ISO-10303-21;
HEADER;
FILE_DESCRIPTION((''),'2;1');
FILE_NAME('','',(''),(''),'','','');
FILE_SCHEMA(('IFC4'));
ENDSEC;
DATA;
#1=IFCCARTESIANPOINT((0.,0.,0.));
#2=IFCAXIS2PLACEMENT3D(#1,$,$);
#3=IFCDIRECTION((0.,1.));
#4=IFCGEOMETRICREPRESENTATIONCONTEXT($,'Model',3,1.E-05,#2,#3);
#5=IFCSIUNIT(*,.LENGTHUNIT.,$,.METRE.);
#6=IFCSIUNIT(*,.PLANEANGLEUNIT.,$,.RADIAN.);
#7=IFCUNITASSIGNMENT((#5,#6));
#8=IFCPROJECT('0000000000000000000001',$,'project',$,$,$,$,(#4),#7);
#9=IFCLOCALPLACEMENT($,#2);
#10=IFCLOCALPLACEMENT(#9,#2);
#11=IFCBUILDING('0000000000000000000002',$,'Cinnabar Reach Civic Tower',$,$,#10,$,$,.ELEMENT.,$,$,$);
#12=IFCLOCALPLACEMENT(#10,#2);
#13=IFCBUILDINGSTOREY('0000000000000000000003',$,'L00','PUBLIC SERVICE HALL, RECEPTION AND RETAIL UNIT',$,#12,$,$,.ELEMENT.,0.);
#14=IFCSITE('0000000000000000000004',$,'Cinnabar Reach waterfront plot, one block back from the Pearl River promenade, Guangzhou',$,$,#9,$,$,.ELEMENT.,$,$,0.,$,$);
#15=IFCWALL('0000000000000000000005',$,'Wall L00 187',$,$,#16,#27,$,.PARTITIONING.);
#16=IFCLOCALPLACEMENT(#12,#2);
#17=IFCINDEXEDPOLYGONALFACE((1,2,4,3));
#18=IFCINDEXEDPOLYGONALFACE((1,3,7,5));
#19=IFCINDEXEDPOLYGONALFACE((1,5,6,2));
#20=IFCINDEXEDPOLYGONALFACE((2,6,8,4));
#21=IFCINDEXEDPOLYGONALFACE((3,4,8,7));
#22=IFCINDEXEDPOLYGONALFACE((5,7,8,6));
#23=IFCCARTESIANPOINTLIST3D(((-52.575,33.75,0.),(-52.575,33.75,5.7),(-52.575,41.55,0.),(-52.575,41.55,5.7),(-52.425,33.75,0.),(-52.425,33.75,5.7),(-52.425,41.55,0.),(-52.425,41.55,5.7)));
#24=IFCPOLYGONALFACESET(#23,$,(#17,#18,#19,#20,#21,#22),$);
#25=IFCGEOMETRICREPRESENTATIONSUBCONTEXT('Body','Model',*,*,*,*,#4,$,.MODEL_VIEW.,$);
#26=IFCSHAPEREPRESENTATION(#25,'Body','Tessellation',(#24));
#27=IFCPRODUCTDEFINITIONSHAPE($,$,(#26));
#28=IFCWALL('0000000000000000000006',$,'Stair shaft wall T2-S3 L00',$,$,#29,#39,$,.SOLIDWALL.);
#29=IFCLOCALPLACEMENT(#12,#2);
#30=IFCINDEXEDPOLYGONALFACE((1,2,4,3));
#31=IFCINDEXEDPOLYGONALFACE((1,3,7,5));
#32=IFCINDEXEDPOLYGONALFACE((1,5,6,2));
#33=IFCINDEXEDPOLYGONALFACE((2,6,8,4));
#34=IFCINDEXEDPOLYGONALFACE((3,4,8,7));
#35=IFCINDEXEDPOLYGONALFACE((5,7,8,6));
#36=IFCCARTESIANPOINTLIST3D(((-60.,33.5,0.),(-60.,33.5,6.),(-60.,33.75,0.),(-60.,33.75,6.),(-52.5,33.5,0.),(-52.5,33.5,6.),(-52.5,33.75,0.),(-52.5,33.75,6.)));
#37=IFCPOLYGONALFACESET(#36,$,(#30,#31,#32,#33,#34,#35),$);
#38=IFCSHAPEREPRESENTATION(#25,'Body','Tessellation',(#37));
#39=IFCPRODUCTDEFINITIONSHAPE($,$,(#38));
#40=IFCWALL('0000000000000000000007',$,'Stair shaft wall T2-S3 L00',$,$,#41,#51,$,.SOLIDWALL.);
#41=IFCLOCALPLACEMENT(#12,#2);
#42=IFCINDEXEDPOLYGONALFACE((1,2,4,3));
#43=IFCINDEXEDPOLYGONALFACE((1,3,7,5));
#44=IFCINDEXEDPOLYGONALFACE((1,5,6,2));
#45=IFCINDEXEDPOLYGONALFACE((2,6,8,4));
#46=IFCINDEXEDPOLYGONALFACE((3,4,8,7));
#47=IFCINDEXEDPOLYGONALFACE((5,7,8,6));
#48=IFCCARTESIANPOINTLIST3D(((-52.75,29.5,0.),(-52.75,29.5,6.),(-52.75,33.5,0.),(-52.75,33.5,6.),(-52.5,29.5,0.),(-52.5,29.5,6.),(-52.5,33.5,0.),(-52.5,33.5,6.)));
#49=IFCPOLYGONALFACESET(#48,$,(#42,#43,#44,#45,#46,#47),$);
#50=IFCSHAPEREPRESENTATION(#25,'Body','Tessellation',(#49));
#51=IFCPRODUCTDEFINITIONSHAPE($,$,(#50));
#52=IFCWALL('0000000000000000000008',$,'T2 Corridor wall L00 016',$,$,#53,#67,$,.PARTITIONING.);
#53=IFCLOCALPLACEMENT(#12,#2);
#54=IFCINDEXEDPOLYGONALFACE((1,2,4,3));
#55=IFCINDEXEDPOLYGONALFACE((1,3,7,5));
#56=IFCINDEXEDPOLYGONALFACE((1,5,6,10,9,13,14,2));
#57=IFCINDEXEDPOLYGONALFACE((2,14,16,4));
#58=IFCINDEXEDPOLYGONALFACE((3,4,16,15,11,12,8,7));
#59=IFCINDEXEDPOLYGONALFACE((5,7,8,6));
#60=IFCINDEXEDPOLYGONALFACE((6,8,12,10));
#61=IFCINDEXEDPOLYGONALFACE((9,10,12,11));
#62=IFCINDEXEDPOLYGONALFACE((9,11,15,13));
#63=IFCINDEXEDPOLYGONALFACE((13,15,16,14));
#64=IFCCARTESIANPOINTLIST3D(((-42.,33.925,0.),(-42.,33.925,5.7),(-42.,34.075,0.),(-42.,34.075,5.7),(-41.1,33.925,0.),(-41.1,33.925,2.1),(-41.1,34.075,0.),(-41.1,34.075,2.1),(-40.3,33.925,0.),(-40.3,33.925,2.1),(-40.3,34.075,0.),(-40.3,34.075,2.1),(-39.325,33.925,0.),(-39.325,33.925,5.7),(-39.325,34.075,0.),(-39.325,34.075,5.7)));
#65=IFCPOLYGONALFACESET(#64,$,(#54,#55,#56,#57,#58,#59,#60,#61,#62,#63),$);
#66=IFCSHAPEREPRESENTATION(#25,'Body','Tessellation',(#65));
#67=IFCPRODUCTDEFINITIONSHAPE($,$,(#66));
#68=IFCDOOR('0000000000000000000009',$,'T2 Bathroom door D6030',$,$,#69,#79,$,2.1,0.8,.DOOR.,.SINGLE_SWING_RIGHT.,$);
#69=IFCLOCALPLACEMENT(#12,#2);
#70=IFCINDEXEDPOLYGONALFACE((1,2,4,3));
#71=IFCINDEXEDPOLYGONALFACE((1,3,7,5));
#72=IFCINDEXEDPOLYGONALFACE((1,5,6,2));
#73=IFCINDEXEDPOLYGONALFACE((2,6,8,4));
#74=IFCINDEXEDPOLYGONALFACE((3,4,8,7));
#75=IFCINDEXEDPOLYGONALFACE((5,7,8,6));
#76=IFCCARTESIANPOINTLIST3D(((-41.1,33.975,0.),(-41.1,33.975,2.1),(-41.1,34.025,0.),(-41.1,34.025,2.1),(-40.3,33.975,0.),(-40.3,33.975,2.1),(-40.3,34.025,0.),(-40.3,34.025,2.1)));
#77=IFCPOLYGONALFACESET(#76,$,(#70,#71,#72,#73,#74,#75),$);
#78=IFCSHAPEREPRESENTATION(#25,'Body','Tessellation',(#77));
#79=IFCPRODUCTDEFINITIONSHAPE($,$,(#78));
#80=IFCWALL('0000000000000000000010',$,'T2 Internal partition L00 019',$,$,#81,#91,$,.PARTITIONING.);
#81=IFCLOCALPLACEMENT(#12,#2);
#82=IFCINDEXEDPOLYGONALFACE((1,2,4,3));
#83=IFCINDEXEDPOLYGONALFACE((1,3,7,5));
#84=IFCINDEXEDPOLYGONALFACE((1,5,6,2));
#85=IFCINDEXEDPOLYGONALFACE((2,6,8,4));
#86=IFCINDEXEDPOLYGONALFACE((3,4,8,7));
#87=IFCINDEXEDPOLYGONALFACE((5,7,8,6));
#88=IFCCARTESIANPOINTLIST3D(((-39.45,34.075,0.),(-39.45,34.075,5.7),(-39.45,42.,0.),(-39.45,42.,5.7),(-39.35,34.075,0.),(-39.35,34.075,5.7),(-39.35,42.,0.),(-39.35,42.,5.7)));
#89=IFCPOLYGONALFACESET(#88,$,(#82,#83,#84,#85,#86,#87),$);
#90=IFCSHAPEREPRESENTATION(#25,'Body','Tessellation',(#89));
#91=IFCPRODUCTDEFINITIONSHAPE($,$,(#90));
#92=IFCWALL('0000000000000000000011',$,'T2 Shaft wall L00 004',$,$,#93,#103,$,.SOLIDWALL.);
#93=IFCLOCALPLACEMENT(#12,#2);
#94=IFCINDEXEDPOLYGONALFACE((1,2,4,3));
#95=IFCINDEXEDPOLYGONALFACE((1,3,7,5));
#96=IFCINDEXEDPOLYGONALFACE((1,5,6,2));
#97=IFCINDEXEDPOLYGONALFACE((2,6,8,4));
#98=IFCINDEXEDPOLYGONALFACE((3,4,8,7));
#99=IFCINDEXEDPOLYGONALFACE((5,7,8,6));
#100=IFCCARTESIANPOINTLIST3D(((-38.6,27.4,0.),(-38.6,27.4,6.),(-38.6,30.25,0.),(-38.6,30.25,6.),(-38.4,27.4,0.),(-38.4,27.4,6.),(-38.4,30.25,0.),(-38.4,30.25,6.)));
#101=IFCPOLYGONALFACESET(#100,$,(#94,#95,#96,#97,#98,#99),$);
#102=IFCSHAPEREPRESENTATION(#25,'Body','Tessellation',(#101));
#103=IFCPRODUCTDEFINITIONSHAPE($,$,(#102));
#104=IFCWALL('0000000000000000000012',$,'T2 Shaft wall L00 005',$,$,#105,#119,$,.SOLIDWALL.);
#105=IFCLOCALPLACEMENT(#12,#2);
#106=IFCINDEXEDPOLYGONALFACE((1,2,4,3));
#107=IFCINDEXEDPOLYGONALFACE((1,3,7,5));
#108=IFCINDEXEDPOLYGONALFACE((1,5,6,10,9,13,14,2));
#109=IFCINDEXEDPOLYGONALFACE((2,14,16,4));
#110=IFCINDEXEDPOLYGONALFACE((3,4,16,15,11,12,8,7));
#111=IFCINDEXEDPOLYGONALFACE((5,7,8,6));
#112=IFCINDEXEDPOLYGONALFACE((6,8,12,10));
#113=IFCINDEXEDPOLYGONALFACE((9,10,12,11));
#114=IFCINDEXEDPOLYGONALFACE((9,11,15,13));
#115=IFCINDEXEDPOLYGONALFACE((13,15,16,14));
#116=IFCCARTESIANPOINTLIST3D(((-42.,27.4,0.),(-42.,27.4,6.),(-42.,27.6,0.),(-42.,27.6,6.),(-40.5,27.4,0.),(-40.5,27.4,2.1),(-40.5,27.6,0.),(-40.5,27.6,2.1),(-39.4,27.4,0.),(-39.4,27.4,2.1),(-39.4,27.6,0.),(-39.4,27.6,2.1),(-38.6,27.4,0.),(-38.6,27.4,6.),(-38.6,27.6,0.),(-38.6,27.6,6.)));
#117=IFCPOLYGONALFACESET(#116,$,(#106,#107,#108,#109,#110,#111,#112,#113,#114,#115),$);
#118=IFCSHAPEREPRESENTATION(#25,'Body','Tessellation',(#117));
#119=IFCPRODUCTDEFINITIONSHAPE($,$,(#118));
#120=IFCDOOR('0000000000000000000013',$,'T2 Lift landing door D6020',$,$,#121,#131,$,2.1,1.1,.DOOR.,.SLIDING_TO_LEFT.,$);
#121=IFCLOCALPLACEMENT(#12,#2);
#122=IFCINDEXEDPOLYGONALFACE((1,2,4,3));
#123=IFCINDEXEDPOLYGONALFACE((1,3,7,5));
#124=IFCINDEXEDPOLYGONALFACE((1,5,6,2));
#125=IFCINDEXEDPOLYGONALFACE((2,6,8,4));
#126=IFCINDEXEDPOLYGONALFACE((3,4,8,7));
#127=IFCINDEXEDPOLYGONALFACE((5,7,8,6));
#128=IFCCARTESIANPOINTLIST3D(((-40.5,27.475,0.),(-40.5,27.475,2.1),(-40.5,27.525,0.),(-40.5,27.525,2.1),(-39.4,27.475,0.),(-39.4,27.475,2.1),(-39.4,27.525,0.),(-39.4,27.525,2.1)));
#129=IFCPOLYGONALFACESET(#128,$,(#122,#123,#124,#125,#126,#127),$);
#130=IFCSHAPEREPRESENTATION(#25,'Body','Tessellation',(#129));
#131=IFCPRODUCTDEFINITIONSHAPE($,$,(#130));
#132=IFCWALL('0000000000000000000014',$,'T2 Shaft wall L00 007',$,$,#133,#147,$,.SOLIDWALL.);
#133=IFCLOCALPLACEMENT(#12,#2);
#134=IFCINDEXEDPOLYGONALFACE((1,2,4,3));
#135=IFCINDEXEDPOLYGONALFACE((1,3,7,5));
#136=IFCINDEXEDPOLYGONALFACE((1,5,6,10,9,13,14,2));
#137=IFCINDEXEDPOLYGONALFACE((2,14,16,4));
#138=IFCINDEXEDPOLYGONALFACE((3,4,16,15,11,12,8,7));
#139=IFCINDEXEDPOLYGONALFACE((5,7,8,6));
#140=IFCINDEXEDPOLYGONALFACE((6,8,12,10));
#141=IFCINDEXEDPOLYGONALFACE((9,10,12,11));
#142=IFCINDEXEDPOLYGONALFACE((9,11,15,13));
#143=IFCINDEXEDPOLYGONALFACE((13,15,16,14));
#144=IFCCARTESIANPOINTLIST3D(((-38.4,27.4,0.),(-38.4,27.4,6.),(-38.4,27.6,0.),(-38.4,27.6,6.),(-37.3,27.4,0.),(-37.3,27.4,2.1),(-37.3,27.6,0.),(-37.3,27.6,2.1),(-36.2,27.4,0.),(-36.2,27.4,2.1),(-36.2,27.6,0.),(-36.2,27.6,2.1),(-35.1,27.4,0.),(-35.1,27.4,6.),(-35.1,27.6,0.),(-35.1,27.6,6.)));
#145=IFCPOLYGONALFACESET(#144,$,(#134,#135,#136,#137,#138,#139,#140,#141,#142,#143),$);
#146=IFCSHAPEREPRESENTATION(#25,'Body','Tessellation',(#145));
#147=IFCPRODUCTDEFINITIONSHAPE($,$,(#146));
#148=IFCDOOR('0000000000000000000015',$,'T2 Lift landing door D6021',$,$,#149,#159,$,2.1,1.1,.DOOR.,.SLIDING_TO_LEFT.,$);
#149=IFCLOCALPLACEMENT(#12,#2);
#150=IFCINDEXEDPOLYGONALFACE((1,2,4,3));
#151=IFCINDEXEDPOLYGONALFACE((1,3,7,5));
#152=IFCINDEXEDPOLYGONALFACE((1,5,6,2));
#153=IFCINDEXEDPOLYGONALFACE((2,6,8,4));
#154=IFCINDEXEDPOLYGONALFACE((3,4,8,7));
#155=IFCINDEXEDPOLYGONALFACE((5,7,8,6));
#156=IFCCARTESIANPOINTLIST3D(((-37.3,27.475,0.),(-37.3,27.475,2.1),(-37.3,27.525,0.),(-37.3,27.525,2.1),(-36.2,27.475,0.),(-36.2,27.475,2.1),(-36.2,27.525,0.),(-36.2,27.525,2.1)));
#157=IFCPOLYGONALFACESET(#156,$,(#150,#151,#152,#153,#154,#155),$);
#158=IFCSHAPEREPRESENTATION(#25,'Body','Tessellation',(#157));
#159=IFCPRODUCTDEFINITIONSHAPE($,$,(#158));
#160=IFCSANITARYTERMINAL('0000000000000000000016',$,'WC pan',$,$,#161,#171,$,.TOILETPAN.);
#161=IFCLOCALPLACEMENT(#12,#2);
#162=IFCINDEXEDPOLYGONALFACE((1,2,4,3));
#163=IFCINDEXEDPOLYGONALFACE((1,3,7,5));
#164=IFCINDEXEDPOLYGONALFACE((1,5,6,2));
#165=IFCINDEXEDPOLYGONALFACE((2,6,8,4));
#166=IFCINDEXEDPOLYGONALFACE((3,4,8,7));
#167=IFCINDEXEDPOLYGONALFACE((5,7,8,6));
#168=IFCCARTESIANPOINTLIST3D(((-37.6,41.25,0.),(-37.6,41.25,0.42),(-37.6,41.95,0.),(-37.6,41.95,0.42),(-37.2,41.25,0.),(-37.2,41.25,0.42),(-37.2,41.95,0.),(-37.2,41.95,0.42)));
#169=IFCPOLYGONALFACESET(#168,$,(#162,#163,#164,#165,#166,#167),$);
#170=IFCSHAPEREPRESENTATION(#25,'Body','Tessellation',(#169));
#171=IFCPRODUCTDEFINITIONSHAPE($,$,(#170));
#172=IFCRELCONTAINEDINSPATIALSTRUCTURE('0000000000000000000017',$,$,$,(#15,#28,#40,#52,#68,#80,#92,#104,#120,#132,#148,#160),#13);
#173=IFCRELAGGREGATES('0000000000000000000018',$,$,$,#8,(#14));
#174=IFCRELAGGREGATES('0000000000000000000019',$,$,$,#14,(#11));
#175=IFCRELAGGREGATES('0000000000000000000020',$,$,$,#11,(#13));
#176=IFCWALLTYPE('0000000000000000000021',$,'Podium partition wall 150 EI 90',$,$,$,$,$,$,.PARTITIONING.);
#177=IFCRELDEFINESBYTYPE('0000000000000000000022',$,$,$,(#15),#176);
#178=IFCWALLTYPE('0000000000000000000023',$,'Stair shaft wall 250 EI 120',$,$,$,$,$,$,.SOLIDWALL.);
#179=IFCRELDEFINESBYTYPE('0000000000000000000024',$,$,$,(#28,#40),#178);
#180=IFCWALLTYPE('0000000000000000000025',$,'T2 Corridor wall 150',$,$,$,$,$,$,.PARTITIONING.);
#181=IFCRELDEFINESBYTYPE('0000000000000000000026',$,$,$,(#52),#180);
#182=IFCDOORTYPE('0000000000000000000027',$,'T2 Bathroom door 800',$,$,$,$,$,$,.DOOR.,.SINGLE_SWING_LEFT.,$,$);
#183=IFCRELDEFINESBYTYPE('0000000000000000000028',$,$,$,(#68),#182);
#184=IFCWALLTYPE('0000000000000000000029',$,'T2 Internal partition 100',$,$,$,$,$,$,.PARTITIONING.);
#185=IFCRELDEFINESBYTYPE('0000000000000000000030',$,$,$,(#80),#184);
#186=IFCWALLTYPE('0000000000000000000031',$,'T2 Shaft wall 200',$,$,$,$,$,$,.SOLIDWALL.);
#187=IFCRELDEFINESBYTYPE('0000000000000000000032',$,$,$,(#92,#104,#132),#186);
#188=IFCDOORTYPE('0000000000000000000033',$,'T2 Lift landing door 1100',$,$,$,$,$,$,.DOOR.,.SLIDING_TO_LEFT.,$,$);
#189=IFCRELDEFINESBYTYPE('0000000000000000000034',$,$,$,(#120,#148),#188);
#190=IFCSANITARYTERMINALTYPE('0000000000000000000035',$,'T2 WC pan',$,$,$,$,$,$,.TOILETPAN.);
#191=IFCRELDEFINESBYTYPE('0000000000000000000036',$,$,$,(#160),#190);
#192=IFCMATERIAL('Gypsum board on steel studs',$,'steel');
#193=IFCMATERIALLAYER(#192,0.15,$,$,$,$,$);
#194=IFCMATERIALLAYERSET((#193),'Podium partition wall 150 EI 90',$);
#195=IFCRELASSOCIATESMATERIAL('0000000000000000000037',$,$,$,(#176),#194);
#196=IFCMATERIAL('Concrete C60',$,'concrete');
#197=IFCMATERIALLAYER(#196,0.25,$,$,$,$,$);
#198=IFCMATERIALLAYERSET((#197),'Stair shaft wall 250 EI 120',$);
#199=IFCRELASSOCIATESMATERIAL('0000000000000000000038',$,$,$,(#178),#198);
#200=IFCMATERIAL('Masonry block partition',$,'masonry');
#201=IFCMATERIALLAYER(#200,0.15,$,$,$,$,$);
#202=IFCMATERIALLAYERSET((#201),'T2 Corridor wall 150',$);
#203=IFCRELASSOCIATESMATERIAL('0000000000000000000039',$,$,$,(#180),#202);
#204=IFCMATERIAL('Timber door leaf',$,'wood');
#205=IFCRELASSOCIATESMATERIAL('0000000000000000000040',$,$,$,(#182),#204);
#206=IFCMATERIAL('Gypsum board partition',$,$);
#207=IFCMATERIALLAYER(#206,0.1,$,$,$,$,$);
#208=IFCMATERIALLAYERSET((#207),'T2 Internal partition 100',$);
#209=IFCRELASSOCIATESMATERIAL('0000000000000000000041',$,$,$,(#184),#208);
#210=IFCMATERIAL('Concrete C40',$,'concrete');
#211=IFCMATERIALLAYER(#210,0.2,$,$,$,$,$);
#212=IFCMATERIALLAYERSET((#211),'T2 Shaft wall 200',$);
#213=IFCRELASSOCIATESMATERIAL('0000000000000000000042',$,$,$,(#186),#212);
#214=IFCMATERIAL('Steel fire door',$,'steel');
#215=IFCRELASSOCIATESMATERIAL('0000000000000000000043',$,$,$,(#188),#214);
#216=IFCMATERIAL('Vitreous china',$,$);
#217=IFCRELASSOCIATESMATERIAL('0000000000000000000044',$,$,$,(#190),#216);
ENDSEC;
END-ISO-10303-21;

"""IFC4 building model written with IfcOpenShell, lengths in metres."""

from ifc_helpers import new_model, si_unit, direction, frame, frame_2d, origin, origin_2d, place, context, subcontext, project, spatial, rectangle, extrude, material, layer, layer_set, type_object, element, fill, save


model = new_model("IFC4")

# Units and contexts
model_context = context("Model", 3, precision=1e-05, world=origin(), true_north=direction((0.0, 1.0)))
body_context = subcontext(model_context, "Body", "Model", "MODEL_VIEW")
ifc_project = project(units=[si_unit("LENGTHUNIT", "METRE"), si_unit("PLANEANGLEUNIT", "RADIAN")], contexts=[model_context])

# Site, building, storey
site_placement = place(None, origin())
site = spatial("IfcSite", under=ifc_project, at=site_placement, Name="Cinnabar Reach waterfront plot, one block back from the Pearl River promenade, Guangzhou", CompositionType="ELEMENT", RefElevation=0.0)
building_placement = place(site_placement, origin())
building = spatial("IfcBuilding", under=site, at=building_placement, Name="Cinnabar Reach Civic Tower", CompositionType="ELEMENT")
storey_placement = place(building_placement, origin())
storey = spatial("IfcBuildingStorey", under=building, at=storey_placement, Name="L00", Description="PUBLIC SERVICE HALL, RECEPTION AND RETAIL UNIT", CompositionType="ELEMENT", Elevation=0.0)

# Shared definitions
ifc_material_1 = material(Name="Concrete C60", Category="concrete")

# Shared definitions
ifc_material_2 = material(Name="Steel fire door", Category="steel")

# Walls
ifc_material_3 = material(Name="Gypsum board on steel studs", Category="steel")
ifc_layer_1 = layer(ifc_material_3, 0.15)
ifc_layer_set_1 = layer_set([ifc_layer_1], Name="Podium partition wall 150 EI 90")
wall_type_1 = type_object("IfcWallType", Name="Podium partition wall 150 EI 90", PredefinedType="PARTITIONING", material=ifc_layer_set_1)
wall_1_placement = place(storey_placement, frame((-52.5, 33.75, 0.0), z_axis=(0.0, 0.0, 1.0), x_axis=(0.0, 1.0, 0.0)))
element("IfcWall", 1, at=wall_1_placement, inside=storey, type_object=wall_type_1, Name="Wall L00 187", PredefinedType="PARTITIONING", context=body_context, shape_type="SweptSolid", body=[
    extrude(rectangle(XDim=7.8, YDim=0.15, at=frame_2d((3.9, 0.0))), origin(), (0.0, 0.0, 1.0), 5.7),
])
ifc_layer_2 = layer(ifc_material_1, 0.25)
ifc_layer_set_2 = layer_set([ifc_layer_2], Name="Stair shaft wall 250 EI 120")
wall_type_2 = type_object("IfcWallType", Name="Stair shaft wall 250 EI 120", PredefinedType="SOLIDWALL", material=ifc_layer_set_2)
wall_2_placement = place(storey_placement, frame((-52.5, 33.625, 0.0), z_axis=(0.0, 0.0, 1.0), x_axis=(-1.0, 0.0, 0.0)))
element("IfcWall", 2, at=wall_2_placement, inside=storey, type_object=wall_type_2, Name="Stair shaft wall T2-S3 L00", PredefinedType="SOLIDWALL", context=body_context, shape_type="SweptSolid", body=[
    extrude(rectangle(XDim=7.5, YDim=0.25, at=frame_2d((3.75, 0.0))), origin(), (0.0, 0.0, 1.0), 6.0),
])
wall_3_placement = place(storey_placement, frame((-52.625, 29.5, 0.0), z_axis=(0.0, 0.0, 1.0), x_axis=(0.0, 1.0, 0.0)))
element("IfcWall", 3, at=wall_3_placement, inside=storey, type_object=wall_type_2, Name="Stair shaft wall T2-S3 L00", PredefinedType="SOLIDWALL", context=body_context, shape_type="SweptSolid", body=[
    extrude(rectangle(XDim=4.0, YDim=0.25, at=frame_2d((2.0, 0.0))), origin(), (0.0, 0.0, 1.0), 6.0),
])

# Wall, opening, door
ifc_material_4 = material(Name="Masonry block partition", Category="masonry")
ifc_layer_3 = layer(ifc_material_4, 0.15)
ifc_layer_set_3 = layer_set([ifc_layer_3], Name="T2 Corridor wall 150")
wall_type_3 = type_object("IfcWallType", Name="T2 Corridor wall 150", PredefinedType="PARTITIONING", material=ifc_layer_set_3)
wall_4_placement = place(storey_placement, frame((-39.325, 34.0, 0.0), z_axis=(0.0, 0.0, 1.0), x_axis=(-1.0, 0.0, 0.0)))
wall_4 = element("IfcWall", 4, at=wall_4_placement, inside=storey, type_object=wall_type_3, Name="T2 Corridor wall L00 016", PredefinedType="PARTITIONING", context=body_context, shape_type="SweptSolid", body=[
    extrude(rectangle(XDim=2.675, YDim=0.15, at=frame_2d((1.3375, 0.0))), origin(), (0.0, 0.0, 1.0), 5.7),
])
opening_1_placement = place(wall_4_placement, frame((0.975, 0.0, 0.0)))
opening_1 = element("IfcOpeningElement", 5, at=opening_1_placement, cuts=wall_4, PredefinedType="OPENING", context=body_context, shape_type="SweptSolid", body=[
    extrude(rectangle(XDim=0.8, YDim=2.1, at=frame_2d((0.4, 1.05))), frame((0.0, 0.085, 0.0), z_axis=(0.0, -1.0, 0.0), x_axis=(1.0, 0.0, 0.0)), (0.0, 0.0, 1.0), 0.17),
])
ifc_material_5 = material(Name="Timber door leaf", Category="wood")
door_type_1 = type_object("IfcDoorType", Name="T2 Bathroom door 800", OperationType="SINGLE_SWING_LEFT", PredefinedType="DOOR", material=ifc_material_5)
door_1_placement = place(opening_1_placement, frame((0.8, 0.0, 0.0), z_axis=(0.0, 0.0, 1.0), x_axis=(-1.0, 0.0, 0.0)))
door_1 = element("IfcDoor", 6, at=door_1_placement, inside=storey, type_object=door_type_1, Name="T2 Bathroom door D6030", OperationType="SINGLE_SWING_RIGHT", OverallHeight=2.1, OverallWidth=0.8, PredefinedType="DOOR", context=body_context, shape_type="SweptSolid", body=[
    extrude(rectangle(XDim=0.8, YDim=2.1, at=frame_2d((0.4, 1.05))), frame((0.0, 0.025, 0.0), z_axis=(0.0, -1.0, 0.0), x_axis=(1.0, 0.0, 0.0)), (0.0, 0.0, 1.0), 0.05),
])
fill(opening_1, door_1)

# Walls
ifc_material_6 = material(Name="Gypsum board partition")
ifc_layer_4 = layer(ifc_material_6, 0.1)
ifc_layer_set_4 = layer_set([ifc_layer_4], Name="T2 Internal partition 100")
wall_type_4 = type_object("IfcWallType", Name="T2 Internal partition 100", PredefinedType="PARTITIONING", material=ifc_layer_set_4)
wall_5_placement = place(storey_placement, frame((-39.4, 34.075, 0.0), z_axis=(0.0, 0.0, 1.0), x_axis=(0.0, 1.0, 0.0)))
element("IfcWall", 7, at=wall_5_placement, inside=storey, type_object=wall_type_4, Name="T2 Internal partition L00 019", PredefinedType="PARTITIONING", context=body_context, shape_type="SweptSolid", body=[
    extrude(rectangle(XDim=7.925, YDim=0.1, at=frame_2d((3.9625, 0.0))), origin(), (0.0, 0.0, 1.0), 5.7),
])
ifc_material_7 = material(Name="Concrete C40", Category="concrete")
ifc_layer_5 = layer(ifc_material_7, 0.2)
ifc_layer_set_5 = layer_set([ifc_layer_5], Name="T2 Shaft wall 200")
wall_type_5 = type_object("IfcWallType", Name="T2 Shaft wall 200", PredefinedType="SOLIDWALL", material=ifc_layer_set_5)
wall_6_placement = place(storey_placement, frame((-38.5, 27.4, 0.0), z_axis=(0.0, 0.0, 1.0), x_axis=(0.0, 1.0, 0.0)))
element("IfcWall", 8, at=wall_6_placement, inside=storey, type_object=wall_type_5, Name="T2 Shaft wall L00 004", PredefinedType="SOLIDWALL", context=body_context, shape_type="SweptSolid", body=[
    extrude(rectangle(XDim=2.85, YDim=0.2, at=frame_2d((1.425, 0.0))), origin(), (0.0, 0.0, 1.0), 6.0),
])

# Walls, openings, doors
wall_7_placement = place(storey_placement, frame((-42.0, 27.5, 0.0), z_axis=(0.0, 0.0, 1.0), x_axis=(1.0, 0.0, 0.0)))
wall_7 = element("IfcWall", 9, at=wall_7_placement, inside=storey, type_object=wall_type_5, Name="T2 Shaft wall L00 005", PredefinedType="SOLIDWALL", context=body_context, shape_type="SweptSolid", body=[
    extrude(rectangle(XDim=3.4, YDim=0.2, at=frame_2d((1.7, 0.0))), origin(), (0.0, 0.0, 1.0), 6.0),
])
opening_2_placement = place(wall_7_placement, frame((1.5, 0.0, 0.0)))
opening_2 = element("IfcOpeningElement", 10, at=opening_2_placement, cuts=wall_7, PredefinedType="OPENING", context=body_context, shape_type="SweptSolid", body=[
    extrude(rectangle(XDim=1.1, YDim=2.1, at=frame_2d((0.55, 1.05))), frame((0.0, 0.11, 0.0), z_axis=(0.0, -1.0, 0.0), x_axis=(1.0, 0.0, 0.0)), (0.0, 0.0, 1.0), 0.22),
])
door_type_2 = type_object("IfcDoorType", Name="T2 Lift landing door 1100", OperationType="SLIDING_TO_LEFT", PredefinedType="DOOR", material=ifc_material_2)
door_2_placement = place(opening_2_placement, origin())
door_2 = element("IfcDoor", 11, at=door_2_placement, inside=storey, type_object=door_type_2, Name="T2 Lift landing door D6020", OperationType="SLIDING_TO_LEFT", OverallHeight=2.1, OverallWidth=1.1, PredefinedType="DOOR", context=body_context, shape_type="SweptSolid", body=[
    extrude(rectangle(XDim=1.1, YDim=2.1, at=frame_2d((0.55, 1.05))), frame((0.0, 0.025, 0.0), z_axis=(0.0, -1.0, 0.0), x_axis=(1.0, 0.0, 0.0)), (0.0, 0.0, 1.0), 0.05),
])
fill(opening_2, door_2)
wall_8_placement = place(storey_placement, frame((-38.4, 27.5, 0.0), z_axis=(0.0, 0.0, 1.0), x_axis=(1.0, 0.0, 0.0)))
wall_8 = element("IfcWall", 12, at=wall_8_placement, inside=storey, type_object=wall_type_5, Name="T2 Shaft wall L00 007", PredefinedType="SOLIDWALL", context=body_context, shape_type="SweptSolid", body=[
    extrude(rectangle(XDim=3.3, YDim=0.2, at=frame_2d((1.65, 0.0))), origin(), (0.0, 0.0, 1.0), 6.0),
])
opening_3_placement = place(wall_8_placement, frame((1.1, 0.0, 0.0)))
opening_3 = element("IfcOpeningElement", 13, at=opening_3_placement, cuts=wall_8, PredefinedType="OPENING", context=body_context, shape_type="SweptSolid", body=[
    extrude(rectangle(XDim=1.1, YDim=2.1, at=frame_2d((0.55, 1.05))), frame((0.0, 0.11, 0.0), z_axis=(0.0, -1.0, 0.0), x_axis=(1.0, 0.0, 0.0)), (0.0, 0.0, 1.0), 0.22),
])
door_3_placement = place(opening_3_placement, origin())
door_3 = element("IfcDoor", 14, at=door_3_placement, inside=storey, type_object=door_type_2, Name="T2 Lift landing door D6021", OperationType="SLIDING_TO_LEFT", OverallHeight=2.1, OverallWidth=1.1, PredefinedType="DOOR", context=body_context, shape_type="SweptSolid", body=[
    extrude(rectangle(XDim=1.1, YDim=2.1, at=frame_2d((0.55, 1.05))), frame((0.0, 0.025, 0.0), z_axis=(0.0, -1.0, 0.0), x_axis=(1.0, 0.0, 0.0)), (0.0, 0.0, 1.0), 0.05),
])
fill(opening_3, door_3)

# Sanitary terminal
ifc_material_8 = material(Name="Vitreous china")
sanitary_terminal_type_1 = type_object("IfcSanitaryTerminalType", Name="T2 WC pan", PredefinedType="TOILETPAN", material=ifc_material_8)
sanitary_terminal_1_placement = place(storey_placement, frame((-37.4, 41.6, 0.0), z_axis=(0.0, 0.0, 1.0), x_axis=(1.0, 0.0, 0.0)))
element("IfcSanitaryTerminal", 15, at=sanitary_terminal_1_placement, inside=storey, type_object=sanitary_terminal_type_1, Name="WC pan", PredefinedType="TOILETPAN", context=body_context, shape_type="SweptSolid", body=[
    extrude(rectangle(XDim=0.4, YDim=0.7, at=origin_2d()), origin(), (0.0, 0.0, 1.0), 0.42),
])

save(model, "model.ifc")
